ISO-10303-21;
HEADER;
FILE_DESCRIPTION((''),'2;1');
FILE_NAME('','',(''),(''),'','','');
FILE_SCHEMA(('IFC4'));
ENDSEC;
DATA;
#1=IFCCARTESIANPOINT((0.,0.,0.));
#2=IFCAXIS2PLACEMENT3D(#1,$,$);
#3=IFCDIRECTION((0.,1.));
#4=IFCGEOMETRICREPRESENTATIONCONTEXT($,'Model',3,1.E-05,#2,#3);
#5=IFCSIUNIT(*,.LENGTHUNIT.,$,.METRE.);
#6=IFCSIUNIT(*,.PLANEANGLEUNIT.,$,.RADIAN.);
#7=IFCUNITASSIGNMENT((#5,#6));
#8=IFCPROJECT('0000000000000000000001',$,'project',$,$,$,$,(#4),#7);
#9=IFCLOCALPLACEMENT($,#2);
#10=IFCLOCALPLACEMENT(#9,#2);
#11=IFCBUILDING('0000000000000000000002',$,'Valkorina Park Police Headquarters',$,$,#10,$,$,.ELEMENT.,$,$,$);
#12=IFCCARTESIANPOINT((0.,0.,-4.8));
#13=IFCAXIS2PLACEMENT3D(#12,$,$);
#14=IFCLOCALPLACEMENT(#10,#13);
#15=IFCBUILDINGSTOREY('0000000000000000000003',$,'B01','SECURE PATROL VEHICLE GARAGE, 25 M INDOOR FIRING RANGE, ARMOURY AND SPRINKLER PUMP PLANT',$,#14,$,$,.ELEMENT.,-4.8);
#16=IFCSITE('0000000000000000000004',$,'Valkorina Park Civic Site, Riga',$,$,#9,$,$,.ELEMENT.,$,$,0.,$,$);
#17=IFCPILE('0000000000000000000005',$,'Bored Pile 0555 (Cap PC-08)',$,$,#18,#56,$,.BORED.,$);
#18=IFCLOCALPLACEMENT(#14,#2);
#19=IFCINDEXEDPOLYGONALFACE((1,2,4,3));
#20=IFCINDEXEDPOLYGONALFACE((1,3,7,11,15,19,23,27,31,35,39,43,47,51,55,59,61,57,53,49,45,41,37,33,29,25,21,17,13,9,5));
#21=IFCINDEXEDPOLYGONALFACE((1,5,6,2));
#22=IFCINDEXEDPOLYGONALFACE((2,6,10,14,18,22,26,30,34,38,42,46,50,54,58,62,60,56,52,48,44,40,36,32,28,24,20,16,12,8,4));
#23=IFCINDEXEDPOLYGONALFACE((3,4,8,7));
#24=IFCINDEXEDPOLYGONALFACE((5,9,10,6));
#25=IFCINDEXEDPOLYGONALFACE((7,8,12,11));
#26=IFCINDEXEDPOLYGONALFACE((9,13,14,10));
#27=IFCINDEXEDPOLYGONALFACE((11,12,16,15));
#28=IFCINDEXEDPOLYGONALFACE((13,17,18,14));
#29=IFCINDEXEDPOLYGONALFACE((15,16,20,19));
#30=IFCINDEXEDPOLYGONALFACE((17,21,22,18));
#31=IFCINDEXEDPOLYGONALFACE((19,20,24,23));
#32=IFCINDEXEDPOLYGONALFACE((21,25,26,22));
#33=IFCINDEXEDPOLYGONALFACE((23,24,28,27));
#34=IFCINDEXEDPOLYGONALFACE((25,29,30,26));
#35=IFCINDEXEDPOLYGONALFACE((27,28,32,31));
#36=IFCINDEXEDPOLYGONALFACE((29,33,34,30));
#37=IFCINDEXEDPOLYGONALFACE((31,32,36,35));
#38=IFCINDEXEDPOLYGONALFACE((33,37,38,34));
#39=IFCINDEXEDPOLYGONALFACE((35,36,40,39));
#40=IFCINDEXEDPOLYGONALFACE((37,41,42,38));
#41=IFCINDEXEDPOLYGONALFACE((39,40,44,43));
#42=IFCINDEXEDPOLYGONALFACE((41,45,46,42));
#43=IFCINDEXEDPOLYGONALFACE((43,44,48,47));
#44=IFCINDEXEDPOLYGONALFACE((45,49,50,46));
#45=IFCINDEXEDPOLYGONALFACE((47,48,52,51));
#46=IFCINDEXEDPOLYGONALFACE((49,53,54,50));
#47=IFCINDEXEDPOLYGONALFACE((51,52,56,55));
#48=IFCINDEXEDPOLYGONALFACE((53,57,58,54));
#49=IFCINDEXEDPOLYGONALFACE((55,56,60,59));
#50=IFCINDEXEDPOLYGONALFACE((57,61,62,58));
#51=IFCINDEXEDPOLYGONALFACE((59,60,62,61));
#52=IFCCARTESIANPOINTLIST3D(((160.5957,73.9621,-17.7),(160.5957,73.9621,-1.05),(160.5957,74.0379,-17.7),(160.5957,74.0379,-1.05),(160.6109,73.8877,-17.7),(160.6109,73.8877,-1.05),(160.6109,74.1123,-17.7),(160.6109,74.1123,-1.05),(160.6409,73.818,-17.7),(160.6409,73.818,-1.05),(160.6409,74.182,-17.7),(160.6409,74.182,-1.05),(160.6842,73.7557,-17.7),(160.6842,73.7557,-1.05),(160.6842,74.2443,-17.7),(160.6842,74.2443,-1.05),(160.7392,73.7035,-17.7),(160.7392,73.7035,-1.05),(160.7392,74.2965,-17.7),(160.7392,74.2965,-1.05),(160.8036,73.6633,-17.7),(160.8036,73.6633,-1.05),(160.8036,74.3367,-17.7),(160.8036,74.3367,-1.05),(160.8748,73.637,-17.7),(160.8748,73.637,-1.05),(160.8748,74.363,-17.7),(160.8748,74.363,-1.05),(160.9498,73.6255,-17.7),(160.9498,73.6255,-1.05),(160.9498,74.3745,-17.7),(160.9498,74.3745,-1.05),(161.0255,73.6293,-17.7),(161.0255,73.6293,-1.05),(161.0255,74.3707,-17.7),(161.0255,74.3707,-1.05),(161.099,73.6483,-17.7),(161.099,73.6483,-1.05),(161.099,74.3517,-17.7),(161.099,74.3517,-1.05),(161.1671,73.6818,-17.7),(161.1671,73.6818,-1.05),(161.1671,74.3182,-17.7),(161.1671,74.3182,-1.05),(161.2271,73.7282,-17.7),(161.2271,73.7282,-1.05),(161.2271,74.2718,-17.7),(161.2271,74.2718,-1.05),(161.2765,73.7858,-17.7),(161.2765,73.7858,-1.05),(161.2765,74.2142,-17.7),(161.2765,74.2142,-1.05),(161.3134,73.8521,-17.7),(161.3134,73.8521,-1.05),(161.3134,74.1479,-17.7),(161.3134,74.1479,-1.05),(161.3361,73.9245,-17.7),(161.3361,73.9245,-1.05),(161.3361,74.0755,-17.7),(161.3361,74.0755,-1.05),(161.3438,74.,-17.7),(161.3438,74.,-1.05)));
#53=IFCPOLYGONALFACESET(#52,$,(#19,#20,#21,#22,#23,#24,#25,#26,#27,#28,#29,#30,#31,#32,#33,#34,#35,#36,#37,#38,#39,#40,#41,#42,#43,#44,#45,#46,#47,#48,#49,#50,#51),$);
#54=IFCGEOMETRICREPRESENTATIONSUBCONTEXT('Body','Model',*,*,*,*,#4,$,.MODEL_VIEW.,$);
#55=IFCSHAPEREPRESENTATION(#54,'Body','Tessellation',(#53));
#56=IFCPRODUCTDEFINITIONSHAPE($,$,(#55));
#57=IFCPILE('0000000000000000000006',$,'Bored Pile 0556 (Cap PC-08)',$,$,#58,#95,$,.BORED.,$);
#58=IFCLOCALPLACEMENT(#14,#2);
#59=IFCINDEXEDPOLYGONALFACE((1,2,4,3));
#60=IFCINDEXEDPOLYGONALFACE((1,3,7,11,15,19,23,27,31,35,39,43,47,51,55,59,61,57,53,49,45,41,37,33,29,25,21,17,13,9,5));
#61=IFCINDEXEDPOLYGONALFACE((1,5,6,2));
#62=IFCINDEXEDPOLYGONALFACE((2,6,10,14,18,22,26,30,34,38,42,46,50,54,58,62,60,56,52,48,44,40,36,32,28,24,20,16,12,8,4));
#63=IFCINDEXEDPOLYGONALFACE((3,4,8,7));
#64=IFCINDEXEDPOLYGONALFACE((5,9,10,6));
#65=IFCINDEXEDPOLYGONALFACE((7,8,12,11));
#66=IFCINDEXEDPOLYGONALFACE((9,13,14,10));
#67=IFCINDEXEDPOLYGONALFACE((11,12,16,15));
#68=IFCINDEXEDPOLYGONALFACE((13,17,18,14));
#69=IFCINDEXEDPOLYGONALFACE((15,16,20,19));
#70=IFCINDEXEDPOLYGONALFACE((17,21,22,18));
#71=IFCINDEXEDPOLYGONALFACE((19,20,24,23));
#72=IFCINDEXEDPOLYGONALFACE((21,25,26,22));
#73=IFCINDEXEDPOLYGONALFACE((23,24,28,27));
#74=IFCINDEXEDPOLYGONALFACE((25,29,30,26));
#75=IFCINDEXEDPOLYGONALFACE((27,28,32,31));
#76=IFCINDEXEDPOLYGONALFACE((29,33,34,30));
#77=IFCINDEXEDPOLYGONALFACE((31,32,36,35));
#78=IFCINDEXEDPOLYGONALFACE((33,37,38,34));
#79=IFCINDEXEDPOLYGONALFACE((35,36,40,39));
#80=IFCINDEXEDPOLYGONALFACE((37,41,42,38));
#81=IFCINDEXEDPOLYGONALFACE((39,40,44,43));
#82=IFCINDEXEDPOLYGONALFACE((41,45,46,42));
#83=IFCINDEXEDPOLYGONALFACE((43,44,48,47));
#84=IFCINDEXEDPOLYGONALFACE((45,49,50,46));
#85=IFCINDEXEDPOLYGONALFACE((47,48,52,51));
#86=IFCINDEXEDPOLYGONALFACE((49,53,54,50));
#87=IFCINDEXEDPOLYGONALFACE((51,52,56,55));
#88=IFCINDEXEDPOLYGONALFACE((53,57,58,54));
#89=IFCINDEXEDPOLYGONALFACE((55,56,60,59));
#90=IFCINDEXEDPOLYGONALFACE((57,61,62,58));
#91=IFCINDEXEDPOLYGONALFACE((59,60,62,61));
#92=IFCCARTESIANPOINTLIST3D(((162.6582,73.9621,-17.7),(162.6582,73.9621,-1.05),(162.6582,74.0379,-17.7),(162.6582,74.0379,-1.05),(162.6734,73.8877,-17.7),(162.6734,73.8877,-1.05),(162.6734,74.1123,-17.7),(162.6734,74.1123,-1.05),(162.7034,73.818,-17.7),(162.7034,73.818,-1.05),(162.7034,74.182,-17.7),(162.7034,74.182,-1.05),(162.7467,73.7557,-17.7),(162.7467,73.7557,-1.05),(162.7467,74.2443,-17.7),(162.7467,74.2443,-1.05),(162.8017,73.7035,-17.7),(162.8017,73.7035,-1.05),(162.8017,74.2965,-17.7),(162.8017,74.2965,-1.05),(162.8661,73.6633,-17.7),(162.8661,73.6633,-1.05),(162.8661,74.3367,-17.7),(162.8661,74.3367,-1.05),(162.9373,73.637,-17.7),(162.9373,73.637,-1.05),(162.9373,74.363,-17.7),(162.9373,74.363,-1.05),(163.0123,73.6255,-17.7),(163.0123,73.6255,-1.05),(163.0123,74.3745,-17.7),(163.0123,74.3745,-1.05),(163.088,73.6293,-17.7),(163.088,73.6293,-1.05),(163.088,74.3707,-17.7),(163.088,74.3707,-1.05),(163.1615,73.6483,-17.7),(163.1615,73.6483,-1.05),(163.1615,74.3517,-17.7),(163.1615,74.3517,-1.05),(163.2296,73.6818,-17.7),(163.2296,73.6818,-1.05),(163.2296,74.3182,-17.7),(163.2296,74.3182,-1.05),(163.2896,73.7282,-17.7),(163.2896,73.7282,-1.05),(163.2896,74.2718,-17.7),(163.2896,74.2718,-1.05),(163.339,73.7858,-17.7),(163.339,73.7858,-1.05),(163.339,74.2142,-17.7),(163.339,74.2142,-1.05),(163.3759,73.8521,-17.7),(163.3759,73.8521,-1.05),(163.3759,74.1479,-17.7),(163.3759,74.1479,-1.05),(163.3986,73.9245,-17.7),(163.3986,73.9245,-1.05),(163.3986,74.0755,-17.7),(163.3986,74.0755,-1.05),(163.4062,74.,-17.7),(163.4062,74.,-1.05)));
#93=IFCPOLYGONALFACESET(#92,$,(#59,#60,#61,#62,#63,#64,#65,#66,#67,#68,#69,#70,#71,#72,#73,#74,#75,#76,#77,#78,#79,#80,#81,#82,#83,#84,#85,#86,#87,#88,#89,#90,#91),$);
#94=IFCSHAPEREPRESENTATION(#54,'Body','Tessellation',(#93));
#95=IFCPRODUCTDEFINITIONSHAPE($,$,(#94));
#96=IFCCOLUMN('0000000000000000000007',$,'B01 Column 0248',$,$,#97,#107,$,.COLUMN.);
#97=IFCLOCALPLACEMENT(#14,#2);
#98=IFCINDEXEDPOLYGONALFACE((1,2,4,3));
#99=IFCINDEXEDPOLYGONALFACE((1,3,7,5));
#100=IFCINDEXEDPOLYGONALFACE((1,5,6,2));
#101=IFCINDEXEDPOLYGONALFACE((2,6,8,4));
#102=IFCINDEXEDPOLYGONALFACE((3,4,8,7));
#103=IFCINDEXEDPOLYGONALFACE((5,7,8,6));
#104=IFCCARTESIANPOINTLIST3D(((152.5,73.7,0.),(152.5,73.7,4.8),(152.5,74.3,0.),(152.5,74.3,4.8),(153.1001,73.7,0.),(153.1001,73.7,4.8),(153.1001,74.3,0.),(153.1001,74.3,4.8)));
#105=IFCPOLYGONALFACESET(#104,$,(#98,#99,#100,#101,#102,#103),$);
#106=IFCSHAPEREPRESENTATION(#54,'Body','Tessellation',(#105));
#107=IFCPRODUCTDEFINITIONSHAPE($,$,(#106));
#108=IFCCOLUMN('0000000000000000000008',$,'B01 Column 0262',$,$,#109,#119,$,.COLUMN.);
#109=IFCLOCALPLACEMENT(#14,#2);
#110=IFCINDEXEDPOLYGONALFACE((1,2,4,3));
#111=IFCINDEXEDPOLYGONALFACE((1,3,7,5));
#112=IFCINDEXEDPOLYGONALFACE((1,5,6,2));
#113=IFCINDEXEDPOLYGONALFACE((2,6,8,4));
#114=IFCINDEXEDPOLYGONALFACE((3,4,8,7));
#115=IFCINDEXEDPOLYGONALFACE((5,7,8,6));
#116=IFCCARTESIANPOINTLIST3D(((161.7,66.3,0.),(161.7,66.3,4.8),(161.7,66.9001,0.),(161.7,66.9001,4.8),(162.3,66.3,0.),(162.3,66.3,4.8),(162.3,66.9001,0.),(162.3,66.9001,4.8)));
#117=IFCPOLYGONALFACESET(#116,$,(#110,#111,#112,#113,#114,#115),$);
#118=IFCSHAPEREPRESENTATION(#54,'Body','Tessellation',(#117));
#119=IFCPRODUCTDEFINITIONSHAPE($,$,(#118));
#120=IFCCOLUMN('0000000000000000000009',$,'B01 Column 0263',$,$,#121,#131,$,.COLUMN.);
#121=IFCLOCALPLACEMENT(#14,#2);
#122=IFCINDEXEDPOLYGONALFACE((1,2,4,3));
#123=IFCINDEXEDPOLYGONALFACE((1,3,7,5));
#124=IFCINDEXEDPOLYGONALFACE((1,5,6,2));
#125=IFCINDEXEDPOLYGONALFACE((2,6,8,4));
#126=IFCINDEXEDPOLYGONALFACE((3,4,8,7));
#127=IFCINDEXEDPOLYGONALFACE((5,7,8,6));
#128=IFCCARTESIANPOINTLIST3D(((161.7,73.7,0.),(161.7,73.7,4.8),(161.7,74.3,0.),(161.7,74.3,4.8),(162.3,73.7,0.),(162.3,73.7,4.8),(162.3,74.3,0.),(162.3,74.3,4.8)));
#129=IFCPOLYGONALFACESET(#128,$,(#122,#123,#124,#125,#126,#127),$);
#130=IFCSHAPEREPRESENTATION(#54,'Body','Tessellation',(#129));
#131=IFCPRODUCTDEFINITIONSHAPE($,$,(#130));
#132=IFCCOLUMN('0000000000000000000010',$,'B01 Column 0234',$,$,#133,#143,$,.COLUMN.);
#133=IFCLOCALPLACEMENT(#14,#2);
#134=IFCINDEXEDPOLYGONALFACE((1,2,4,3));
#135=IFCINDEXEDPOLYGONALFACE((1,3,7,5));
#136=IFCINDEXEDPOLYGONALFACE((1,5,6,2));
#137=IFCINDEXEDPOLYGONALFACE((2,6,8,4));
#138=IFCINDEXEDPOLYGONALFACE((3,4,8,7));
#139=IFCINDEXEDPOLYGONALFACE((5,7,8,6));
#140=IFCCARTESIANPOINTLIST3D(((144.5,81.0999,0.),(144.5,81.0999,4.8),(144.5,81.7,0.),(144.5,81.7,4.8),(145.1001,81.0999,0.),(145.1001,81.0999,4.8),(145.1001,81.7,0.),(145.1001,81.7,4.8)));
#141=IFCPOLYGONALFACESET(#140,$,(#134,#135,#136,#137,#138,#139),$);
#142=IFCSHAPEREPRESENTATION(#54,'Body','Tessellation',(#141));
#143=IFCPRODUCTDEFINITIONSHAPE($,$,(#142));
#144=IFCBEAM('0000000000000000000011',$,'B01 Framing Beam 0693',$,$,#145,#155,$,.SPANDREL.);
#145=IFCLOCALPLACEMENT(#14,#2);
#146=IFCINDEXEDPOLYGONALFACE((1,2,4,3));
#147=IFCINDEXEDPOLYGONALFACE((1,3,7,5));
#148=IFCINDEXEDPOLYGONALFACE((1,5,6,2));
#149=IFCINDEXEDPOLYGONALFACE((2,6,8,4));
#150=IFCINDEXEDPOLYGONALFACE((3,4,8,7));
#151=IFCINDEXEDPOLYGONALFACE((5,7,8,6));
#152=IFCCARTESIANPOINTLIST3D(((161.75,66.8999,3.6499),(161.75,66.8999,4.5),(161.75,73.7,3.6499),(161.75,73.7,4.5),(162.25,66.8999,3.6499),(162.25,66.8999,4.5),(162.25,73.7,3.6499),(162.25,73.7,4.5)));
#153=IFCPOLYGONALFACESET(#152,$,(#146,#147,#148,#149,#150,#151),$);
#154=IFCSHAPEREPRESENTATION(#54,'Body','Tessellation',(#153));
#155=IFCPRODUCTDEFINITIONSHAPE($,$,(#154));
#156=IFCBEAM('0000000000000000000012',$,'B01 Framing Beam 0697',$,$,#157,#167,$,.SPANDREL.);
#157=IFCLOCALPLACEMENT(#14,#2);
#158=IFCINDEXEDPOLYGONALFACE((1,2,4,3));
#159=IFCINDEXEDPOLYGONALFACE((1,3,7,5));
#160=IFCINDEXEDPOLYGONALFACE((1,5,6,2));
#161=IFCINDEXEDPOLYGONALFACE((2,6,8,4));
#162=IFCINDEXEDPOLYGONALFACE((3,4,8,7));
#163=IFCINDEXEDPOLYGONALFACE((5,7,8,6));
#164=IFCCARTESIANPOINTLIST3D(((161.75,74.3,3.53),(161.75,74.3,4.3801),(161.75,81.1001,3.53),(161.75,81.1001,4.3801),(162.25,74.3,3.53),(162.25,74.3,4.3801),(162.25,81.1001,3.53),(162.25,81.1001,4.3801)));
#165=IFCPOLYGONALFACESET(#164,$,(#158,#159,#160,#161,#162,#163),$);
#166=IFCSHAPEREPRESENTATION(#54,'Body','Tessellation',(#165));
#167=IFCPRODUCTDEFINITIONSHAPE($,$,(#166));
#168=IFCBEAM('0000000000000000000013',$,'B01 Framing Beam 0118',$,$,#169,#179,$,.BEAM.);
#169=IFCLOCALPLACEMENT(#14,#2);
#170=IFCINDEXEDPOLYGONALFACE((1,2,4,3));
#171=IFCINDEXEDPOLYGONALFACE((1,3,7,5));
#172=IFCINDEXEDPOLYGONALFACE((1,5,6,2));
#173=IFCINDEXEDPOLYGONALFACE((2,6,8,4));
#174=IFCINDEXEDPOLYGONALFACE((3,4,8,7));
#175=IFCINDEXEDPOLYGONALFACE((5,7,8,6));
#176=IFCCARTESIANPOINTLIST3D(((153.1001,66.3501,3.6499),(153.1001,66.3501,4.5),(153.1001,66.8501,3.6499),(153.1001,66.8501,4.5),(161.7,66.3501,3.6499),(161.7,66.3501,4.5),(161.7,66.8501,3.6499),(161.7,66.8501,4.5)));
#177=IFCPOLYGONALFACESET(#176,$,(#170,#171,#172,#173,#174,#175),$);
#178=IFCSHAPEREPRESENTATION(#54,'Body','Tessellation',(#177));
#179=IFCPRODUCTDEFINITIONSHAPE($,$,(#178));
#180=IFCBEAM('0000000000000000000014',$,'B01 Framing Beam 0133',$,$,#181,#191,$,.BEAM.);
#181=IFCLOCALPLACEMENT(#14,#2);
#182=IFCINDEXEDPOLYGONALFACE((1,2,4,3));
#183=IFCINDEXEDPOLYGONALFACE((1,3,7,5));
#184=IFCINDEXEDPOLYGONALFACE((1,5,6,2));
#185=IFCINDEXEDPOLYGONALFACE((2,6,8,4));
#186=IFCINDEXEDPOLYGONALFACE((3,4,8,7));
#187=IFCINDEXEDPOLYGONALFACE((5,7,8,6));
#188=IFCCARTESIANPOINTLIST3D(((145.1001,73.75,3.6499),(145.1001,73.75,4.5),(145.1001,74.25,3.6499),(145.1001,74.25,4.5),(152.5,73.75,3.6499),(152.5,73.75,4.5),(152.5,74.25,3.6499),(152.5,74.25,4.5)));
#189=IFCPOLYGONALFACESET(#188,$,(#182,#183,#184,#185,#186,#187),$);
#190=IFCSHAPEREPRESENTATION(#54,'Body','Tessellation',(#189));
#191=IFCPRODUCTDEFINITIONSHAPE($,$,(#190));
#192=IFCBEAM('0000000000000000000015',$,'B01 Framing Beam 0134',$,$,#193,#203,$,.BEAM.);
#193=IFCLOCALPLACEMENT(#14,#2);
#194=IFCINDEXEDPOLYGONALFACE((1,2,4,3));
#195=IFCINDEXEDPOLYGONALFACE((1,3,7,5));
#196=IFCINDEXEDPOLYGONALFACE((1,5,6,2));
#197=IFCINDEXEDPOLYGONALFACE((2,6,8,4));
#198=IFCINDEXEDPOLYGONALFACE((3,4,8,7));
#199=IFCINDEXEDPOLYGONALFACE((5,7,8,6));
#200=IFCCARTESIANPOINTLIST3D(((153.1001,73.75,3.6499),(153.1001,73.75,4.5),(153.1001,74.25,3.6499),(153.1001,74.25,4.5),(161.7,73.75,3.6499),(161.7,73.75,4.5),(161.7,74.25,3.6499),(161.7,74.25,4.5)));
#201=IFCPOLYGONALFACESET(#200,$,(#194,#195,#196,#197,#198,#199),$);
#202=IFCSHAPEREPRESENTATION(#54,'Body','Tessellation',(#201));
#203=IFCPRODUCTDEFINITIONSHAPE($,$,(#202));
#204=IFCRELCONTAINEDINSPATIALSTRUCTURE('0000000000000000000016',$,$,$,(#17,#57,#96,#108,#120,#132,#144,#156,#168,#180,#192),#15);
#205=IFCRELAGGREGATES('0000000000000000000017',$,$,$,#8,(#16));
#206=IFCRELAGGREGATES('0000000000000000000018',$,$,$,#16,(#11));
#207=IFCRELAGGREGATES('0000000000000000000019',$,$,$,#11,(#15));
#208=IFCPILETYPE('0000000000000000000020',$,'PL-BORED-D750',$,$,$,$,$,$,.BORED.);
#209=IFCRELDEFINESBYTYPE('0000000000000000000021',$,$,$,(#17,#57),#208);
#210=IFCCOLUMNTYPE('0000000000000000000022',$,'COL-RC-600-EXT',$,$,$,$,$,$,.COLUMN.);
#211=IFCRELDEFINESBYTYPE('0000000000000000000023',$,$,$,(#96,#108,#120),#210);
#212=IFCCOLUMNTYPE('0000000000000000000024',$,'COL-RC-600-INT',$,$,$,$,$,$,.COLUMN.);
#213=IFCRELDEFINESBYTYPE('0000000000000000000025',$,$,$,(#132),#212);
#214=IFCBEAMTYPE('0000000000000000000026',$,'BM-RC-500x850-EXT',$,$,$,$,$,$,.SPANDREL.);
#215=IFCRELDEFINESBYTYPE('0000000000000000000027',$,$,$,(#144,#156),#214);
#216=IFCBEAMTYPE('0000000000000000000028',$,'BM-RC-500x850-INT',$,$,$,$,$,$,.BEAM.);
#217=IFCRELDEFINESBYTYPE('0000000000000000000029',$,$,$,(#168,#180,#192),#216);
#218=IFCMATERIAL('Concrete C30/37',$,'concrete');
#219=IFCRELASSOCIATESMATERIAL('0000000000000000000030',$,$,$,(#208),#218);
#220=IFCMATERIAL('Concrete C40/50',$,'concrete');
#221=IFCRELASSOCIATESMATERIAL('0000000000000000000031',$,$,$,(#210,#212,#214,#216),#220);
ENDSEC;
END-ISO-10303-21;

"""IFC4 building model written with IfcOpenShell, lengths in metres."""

from ifc_helpers import new_model, si_unit, direction, frame, origin, origin_2d, place, context, subcontext, project, spatial, rectangle, circle, extrude, material, material_profile, profile_set, type_object, element, save


model = new_model("IFC4")

# Units and contexts
model_context = context("Model", 3, precision=1e-05, world=origin(), true_north=direction((0.0, 1.0)))
body_context = subcontext(model_context, "Body", "Model", "MODEL_VIEW")
ifc_project = project(units=[si_unit("LENGTHUNIT", "METRE"), si_unit("PLANEANGLEUNIT", "RADIAN")], contexts=[model_context])

# Site, building, storey
site_placement = place(None, origin())
site = spatial("IfcSite", under=ifc_project, at=site_placement, Name="Valkorina Park Civic Site, Riga", CompositionType="ELEMENT", RefElevation=0.0)
building_placement = place(site_placement, origin())
building = spatial("IfcBuilding", under=site, at=building_placement, Name="Valkorina Park Police Headquarters", CompositionType="ELEMENT")
storey_placement = place(building_placement, frame((0.0, 0.0, -4.8)))
storey = spatial("IfcBuildingStorey", under=building, at=storey_placement, Name="B01", Description="SECURE PATROL VEHICLE GARAGE, 25 M INDOOR FIRING RANGE, ARMOURY AND SPRINKLER PUMP PLANT", CompositionType="ELEMENT", Elevation=-4.8)

# Shared definitions
ifc_material_1 = material(Name="Concrete C40/50", Category="concrete")

# Piles
ifc_material_2 = material(Name="Concrete C30/37", Category="concrete")
ifc_material_profile_1 = material_profile(ifc_material_2, circle(Radius=0.375, at=origin_2d()), Name="BORED PILE D750")
ifc_profile_set_1 = profile_set([ifc_material_profile_1], Name="Concrete C30/37")
pile_type_1 = type_object("IfcPileType", Name="PL-BORED-D750", PredefinedType="BORED", material=ifc_profile_set_1)
for number, where, z_axis, x_axis, name in (
    (1, (160.9688, 74.0, -1.05), (0.0, 0.0, -1.0), (1.0, 0.0, 0.0), "Bored Pile 0555 (Cap PC-08)"),
    (2, (163.0312, 74.0, -1.05), (0.0, 0.0, -1.0), (1.0, 0.0, 0.0), "Bored Pile 0556 (Cap PC-08)"),
):
    element("IfcPile", number, at=place(storey_placement, frame(where, z_axis=z_axis, x_axis=x_axis)), inside=storey, type_object=pile_type_1, Name=name, PredefinedType="BORED", context=body_context, shape_type="SweptSolid", body=[
        extrude(circle(Radius=0.375, at=origin_2d()), origin(), (0.0, 0.0, 1.0), 16.6499),
    ])

# Columns
ifc_material_profile_2 = material_profile(ifc_material_1, rectangle(XDim=0.6001, YDim=0.6001, at=origin_2d()), Name="RC COL 600x600")
ifc_profile_set_2 = profile_set([ifc_material_profile_2], Name="Concrete C40/50")
column_type_1 = type_object("IfcColumnType", Name="COL-RC-600-EXT", PredefinedType="COLUMN", material=ifc_profile_set_2)
for number, where, z_axis, x_axis, name in (
    (3, (152.8, 74.0, 0.0), (0.0, 0.0, 1.0), (1.0, 0.0, 0.0), "B01 Column 0248"),
    (4, (162.0, 66.6001, 0.0), (0.0, 0.0, 1.0), (1.0, 0.0, 0.0), "B01 Column 0262"),
    (5, (162.0, 74.0, 0.0), (0.0, 0.0, 1.0), (1.0, 0.0, 0.0), "B01 Column 0263"),
):
    element("IfcColumn", number, at=place(storey_placement, frame(where, z_axis=z_axis, x_axis=x_axis)), inside=storey, type_object=column_type_1, Name=name, PredefinedType="COLUMN", context=body_context, shape_type="SweptSolid", body=[
        extrude(rectangle(XDim=0.6001, YDim=0.6001, at=origin_2d()), origin(), (0.0, 0.0, 1.0), 4.8),
    ])
ifc_material_profile_3 = material_profile(ifc_material_1, rectangle(XDim=0.6001, YDim=0.6001, at=origin_2d()), Name="RC COL 600x600")
ifc_profile_set_3 = profile_set([ifc_material_profile_3], Name="Concrete C40/50")
column_type_2 = type_object("IfcColumnType", Name="COL-RC-600-INT", PredefinedType="COLUMN", material=ifc_profile_set_3)
column_placement = place(storey_placement, frame((144.8, 81.3999, 0.0), z_axis=(0.0, 0.0, 1.0), x_axis=(1.0, 0.0, 0.0)))
element("IfcColumn", 6, at=column_placement, inside=storey, type_object=column_type_2, Name="B01 Column 0234", PredefinedType="COLUMN", context=body_context, shape_type="SweptSolid", body=[
    extrude(rectangle(XDim=0.6001, YDim=0.6001, at=origin_2d()), origin(), (0.0, 0.0, 1.0), 4.8),
])

# Beams
ifc_material_profile_4 = material_profile(ifc_material_1, rectangle(XDim=0.5, YDim=0.8501, at=origin_2d()), Name="RC BEAM 500x850")
ifc_profile_set_4 = profile_set([ifc_material_profile_4], Name="Concrete C40/50")
beam_type_1 = type_object("IfcBeamType", Name="BM-RC-500x850-EXT", PredefinedType="SPANDREL", material=ifc_profile_set_4)
for number, where, z_axis, x_axis, name in (
    (7, (162.0, 66.8999, 4.075), (0.0, 1.0, 0.0), (-1.0, 0.0, 0.0), "B01 Framing Beam 0693"),
    (8, (162.0, 74.3, 3.9551), (0.0, 1.0, 0.0), (-1.0, 0.0, 0.0), "B01 Framing Beam 0697"),
):
    element("IfcBeam", number, at=place(storey_placement, frame(where, z_axis=z_axis, x_axis=x_axis)), inside=storey, type_object=beam_type_1, Name=name, PredefinedType="SPANDREL", context=body_context, shape_type="SweptSolid", body=[
        extrude(rectangle(XDim=0.5, YDim=0.8501, at=origin_2d()), origin(), (0.0, 0.0, 1.0), 6.8),
    ])
ifc_material_profile_5 = material_profile(ifc_material_1, rectangle(XDim=0.5, YDim=0.8501, at=origin_2d()), Name="RC BEAM 500x850")
ifc_profile_set_5 = profile_set([ifc_material_profile_5], Name="Concrete C40/50")
beam_type_2 = type_object("IfcBeamType", Name="BM-RC-500x850-INT", PredefinedType="BEAM", material=ifc_profile_set_5)
beam_1_placement = place(storey_placement, frame((153.1001, 66.6001, 4.075), z_axis=(1.0, 0.0, 0.0), x_axis=(0.0, 1.0, 0.0)))
element("IfcBeam", 9, at=beam_1_placement, inside=storey, type_object=beam_type_2, Name="B01 Framing Beam 0118", PredefinedType="BEAM", context=body_context, shape_type="SweptSolid", body=[
    extrude(rectangle(XDim=0.5, YDim=0.8501, at=origin_2d()), origin(), (0.0, 0.0, 1.0), 8.5999),
])
beam_2_placement = place(storey_placement, frame((145.1001, 74.0, 4.075), z_axis=(1.0, 0.0, 0.0), x_axis=(0.0, 1.0, 0.0)))
element("IfcBeam", 10, at=beam_2_placement, inside=storey, type_object=beam_type_2, Name="B01 Framing Beam 0133", PredefinedType="BEAM", context=body_context, shape_type="SweptSolid", body=[
    extrude(rectangle(XDim=0.5, YDim=0.8501, at=origin_2d()), origin(), (0.0, 0.0, 1.0), 7.3999),
])
beam_3_placement = place(storey_placement, frame((153.1001, 74.0, 4.075), z_axis=(1.0, 0.0, 0.0), x_axis=(0.0, 1.0, 0.0)))
element("IfcBeam", 11, at=beam_3_placement, inside=storey, type_object=beam_type_2, Name="B01 Framing Beam 0134", PredefinedType="BEAM", context=body_context, shape_type="SweptSolid", body=[
    extrude(rectangle(XDim=0.5, YDim=0.8501, at=origin_2d()), origin(), (0.0, 0.0, 1.0), 8.5999),
])

save(model, "model.ifc")
